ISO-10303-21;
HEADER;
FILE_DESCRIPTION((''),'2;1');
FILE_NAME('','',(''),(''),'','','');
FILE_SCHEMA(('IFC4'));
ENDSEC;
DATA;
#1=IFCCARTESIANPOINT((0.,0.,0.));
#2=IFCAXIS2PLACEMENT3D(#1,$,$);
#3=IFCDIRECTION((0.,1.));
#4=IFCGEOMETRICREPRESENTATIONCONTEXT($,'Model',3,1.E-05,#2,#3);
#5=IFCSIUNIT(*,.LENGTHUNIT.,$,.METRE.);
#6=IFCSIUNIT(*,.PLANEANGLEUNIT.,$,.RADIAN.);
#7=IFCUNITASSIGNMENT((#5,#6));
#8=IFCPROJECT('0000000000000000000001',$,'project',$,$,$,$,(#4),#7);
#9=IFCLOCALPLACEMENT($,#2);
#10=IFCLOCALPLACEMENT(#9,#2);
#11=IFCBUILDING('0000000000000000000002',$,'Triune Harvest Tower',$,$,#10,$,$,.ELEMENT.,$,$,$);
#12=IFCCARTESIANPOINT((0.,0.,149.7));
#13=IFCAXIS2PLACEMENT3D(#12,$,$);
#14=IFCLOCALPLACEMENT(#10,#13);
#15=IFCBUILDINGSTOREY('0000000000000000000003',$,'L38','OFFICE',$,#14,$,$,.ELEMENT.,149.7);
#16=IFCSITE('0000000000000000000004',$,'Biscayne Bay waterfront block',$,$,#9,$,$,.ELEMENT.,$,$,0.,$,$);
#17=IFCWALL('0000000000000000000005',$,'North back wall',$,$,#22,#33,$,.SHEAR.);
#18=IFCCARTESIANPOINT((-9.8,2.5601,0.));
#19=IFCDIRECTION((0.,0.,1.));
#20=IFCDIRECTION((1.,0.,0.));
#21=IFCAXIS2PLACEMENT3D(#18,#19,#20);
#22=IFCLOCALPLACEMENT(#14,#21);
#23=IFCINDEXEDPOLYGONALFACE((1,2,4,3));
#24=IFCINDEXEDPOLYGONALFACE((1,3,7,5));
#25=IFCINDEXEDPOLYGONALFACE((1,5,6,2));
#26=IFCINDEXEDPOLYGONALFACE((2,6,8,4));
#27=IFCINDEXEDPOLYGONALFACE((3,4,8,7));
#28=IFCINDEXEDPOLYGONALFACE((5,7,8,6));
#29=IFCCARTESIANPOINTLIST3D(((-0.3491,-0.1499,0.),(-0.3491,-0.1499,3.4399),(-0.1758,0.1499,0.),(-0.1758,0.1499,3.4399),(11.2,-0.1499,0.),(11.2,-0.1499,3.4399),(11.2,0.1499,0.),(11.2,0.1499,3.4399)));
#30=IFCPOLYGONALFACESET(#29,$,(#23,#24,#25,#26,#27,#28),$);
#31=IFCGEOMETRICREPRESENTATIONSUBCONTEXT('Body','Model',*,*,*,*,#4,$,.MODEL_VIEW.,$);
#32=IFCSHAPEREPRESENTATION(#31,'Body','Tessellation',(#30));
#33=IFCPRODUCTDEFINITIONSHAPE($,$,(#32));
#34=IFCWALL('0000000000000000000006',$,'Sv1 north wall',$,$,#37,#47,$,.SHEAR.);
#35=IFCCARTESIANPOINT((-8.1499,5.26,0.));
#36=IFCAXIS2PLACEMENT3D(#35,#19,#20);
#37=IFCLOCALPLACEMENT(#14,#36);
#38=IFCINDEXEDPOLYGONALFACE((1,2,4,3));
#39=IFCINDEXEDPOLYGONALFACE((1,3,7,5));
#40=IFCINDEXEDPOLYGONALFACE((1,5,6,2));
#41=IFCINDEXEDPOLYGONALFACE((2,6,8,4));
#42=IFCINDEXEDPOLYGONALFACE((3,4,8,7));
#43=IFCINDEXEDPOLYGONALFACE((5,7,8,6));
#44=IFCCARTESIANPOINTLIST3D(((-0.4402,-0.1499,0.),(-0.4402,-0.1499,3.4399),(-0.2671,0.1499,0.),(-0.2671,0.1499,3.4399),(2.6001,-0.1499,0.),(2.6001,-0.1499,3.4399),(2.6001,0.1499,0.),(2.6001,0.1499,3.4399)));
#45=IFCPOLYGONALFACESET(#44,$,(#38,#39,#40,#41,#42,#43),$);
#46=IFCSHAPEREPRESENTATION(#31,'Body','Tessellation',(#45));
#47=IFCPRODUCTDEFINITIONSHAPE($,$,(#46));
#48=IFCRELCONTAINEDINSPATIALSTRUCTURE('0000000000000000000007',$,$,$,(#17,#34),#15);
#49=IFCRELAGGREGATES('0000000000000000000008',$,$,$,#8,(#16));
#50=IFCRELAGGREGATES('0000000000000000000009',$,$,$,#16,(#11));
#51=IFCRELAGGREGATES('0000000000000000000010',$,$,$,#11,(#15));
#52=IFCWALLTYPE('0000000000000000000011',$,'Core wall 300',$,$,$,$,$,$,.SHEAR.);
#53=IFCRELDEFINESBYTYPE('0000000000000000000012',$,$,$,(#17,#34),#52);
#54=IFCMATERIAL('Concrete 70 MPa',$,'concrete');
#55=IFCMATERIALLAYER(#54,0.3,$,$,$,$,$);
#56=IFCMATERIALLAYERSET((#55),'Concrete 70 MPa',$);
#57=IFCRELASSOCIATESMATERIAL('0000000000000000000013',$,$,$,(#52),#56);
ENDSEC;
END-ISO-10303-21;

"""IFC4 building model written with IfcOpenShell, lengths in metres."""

from ifc_helpers import new_model, si_unit, direction, frame, origin, place, context, subcontext, project, spatial, polyline, outline, extrude, source, transform, mapped, material, layer, layer_set, type_object, element, save


model = new_model("IFC4")

# Units and contexts
model_context = context("Model", 3, precision=1e-05, world=origin(), true_north=direction((0.0, 1.0)))
body_context = subcontext(model_context, "Body", "Model", "MODEL_VIEW")
ifc_project = project(units=[si_unit("LENGTHUNIT", "METRE"), si_unit("PLANEANGLEUNIT", "RADIAN")], contexts=[model_context])

# Site, building, storey
site_placement = place(None, origin())
site = spatial("IfcSite", under=ifc_project, at=site_placement, Name="Biscayne Bay waterfront block", CompositionType="ELEMENT", RefElevation=0.0)
building_placement = place(site_placement, origin())
building = spatial("IfcBuilding", under=site, at=building_placement, Name="Triune Harvest Tower", CompositionType="ELEMENT")
storey_placement = place(building_placement, frame((0.0, 0.0, 149.7)))
storey = spatial("IfcBuildingStorey", under=building, at=storey_placement, Name="L38", Description="OFFICE", CompositionType="ELEMENT", Elevation=149.7)

# Shared definitions
ifc_material_1 = material(Name="Concrete 70 MPa", Category="concrete")
ifc_layer_1 = layer(ifc_material_1, 0.3)
ifc_layer_set_1 = layer_set([ifc_layer_1], Name="Concrete 70 MPa")
wall_type_1 = type_object("IfcWallType", Name="Core wall 300", PredefinedType="SHEAR", material=ifc_layer_set_1)

# Wall
shared_shape_1 = source(origin(), body_context, "Body", "SweptSolid", [
    extrude(outline(polyline([(11.2, -0.1499), (-0.3491, -0.1499), (-0.1758, 0.1499), (11.2, 0.1499), (11.2, -0.1499)])), origin(), (0.0, 0.0, 1.0), 3.4399),
])
wall_1_placement = place(storey_placement, frame((-9.8, 2.5601, 0.0), z_axis=(0.0, 0.0, 1.0), x_axis=(1.0, 0.0, 0.0)))
element("IfcWall", 1, at=wall_1_placement, inside=storey, type_object=wall_type_1, Name="North back wall", PredefinedType="SHEAR", context=body_context, shape_type="MappedRepresentation", body=[
    mapped(shared_shape_1, transform((0.0, 0.0, 0.0), scale=1.0)),
])

# Wall
shared_shape_2 = source(origin(), body_context, "Body", "SweptSolid", [
    extrude(outline(polyline([(2.6001, -0.1499), (-0.4402, -0.1499), (-0.2671, 0.1499), (2.6001, 0.1499), (2.6001, -0.1499)])), origin(), (0.0, 0.0, 1.0), 3.4399),
])
wall_2_placement = place(storey_placement, frame((-8.1499, 5.26, 0.0), z_axis=(0.0, 0.0, 1.0), x_axis=(1.0, 0.0, 0.0)))
element("IfcWall", 2, at=wall_2_placement, inside=storey, type_object=wall_type_1, Name="Sv1 north wall", PredefinedType="SHEAR", context=body_context, shape_type="MappedRepresentation", body=[
    mapped(shared_shape_2, transform((0.0, 0.0, 0.0), scale=1.0)),
])

save(model, "model.ifc")
